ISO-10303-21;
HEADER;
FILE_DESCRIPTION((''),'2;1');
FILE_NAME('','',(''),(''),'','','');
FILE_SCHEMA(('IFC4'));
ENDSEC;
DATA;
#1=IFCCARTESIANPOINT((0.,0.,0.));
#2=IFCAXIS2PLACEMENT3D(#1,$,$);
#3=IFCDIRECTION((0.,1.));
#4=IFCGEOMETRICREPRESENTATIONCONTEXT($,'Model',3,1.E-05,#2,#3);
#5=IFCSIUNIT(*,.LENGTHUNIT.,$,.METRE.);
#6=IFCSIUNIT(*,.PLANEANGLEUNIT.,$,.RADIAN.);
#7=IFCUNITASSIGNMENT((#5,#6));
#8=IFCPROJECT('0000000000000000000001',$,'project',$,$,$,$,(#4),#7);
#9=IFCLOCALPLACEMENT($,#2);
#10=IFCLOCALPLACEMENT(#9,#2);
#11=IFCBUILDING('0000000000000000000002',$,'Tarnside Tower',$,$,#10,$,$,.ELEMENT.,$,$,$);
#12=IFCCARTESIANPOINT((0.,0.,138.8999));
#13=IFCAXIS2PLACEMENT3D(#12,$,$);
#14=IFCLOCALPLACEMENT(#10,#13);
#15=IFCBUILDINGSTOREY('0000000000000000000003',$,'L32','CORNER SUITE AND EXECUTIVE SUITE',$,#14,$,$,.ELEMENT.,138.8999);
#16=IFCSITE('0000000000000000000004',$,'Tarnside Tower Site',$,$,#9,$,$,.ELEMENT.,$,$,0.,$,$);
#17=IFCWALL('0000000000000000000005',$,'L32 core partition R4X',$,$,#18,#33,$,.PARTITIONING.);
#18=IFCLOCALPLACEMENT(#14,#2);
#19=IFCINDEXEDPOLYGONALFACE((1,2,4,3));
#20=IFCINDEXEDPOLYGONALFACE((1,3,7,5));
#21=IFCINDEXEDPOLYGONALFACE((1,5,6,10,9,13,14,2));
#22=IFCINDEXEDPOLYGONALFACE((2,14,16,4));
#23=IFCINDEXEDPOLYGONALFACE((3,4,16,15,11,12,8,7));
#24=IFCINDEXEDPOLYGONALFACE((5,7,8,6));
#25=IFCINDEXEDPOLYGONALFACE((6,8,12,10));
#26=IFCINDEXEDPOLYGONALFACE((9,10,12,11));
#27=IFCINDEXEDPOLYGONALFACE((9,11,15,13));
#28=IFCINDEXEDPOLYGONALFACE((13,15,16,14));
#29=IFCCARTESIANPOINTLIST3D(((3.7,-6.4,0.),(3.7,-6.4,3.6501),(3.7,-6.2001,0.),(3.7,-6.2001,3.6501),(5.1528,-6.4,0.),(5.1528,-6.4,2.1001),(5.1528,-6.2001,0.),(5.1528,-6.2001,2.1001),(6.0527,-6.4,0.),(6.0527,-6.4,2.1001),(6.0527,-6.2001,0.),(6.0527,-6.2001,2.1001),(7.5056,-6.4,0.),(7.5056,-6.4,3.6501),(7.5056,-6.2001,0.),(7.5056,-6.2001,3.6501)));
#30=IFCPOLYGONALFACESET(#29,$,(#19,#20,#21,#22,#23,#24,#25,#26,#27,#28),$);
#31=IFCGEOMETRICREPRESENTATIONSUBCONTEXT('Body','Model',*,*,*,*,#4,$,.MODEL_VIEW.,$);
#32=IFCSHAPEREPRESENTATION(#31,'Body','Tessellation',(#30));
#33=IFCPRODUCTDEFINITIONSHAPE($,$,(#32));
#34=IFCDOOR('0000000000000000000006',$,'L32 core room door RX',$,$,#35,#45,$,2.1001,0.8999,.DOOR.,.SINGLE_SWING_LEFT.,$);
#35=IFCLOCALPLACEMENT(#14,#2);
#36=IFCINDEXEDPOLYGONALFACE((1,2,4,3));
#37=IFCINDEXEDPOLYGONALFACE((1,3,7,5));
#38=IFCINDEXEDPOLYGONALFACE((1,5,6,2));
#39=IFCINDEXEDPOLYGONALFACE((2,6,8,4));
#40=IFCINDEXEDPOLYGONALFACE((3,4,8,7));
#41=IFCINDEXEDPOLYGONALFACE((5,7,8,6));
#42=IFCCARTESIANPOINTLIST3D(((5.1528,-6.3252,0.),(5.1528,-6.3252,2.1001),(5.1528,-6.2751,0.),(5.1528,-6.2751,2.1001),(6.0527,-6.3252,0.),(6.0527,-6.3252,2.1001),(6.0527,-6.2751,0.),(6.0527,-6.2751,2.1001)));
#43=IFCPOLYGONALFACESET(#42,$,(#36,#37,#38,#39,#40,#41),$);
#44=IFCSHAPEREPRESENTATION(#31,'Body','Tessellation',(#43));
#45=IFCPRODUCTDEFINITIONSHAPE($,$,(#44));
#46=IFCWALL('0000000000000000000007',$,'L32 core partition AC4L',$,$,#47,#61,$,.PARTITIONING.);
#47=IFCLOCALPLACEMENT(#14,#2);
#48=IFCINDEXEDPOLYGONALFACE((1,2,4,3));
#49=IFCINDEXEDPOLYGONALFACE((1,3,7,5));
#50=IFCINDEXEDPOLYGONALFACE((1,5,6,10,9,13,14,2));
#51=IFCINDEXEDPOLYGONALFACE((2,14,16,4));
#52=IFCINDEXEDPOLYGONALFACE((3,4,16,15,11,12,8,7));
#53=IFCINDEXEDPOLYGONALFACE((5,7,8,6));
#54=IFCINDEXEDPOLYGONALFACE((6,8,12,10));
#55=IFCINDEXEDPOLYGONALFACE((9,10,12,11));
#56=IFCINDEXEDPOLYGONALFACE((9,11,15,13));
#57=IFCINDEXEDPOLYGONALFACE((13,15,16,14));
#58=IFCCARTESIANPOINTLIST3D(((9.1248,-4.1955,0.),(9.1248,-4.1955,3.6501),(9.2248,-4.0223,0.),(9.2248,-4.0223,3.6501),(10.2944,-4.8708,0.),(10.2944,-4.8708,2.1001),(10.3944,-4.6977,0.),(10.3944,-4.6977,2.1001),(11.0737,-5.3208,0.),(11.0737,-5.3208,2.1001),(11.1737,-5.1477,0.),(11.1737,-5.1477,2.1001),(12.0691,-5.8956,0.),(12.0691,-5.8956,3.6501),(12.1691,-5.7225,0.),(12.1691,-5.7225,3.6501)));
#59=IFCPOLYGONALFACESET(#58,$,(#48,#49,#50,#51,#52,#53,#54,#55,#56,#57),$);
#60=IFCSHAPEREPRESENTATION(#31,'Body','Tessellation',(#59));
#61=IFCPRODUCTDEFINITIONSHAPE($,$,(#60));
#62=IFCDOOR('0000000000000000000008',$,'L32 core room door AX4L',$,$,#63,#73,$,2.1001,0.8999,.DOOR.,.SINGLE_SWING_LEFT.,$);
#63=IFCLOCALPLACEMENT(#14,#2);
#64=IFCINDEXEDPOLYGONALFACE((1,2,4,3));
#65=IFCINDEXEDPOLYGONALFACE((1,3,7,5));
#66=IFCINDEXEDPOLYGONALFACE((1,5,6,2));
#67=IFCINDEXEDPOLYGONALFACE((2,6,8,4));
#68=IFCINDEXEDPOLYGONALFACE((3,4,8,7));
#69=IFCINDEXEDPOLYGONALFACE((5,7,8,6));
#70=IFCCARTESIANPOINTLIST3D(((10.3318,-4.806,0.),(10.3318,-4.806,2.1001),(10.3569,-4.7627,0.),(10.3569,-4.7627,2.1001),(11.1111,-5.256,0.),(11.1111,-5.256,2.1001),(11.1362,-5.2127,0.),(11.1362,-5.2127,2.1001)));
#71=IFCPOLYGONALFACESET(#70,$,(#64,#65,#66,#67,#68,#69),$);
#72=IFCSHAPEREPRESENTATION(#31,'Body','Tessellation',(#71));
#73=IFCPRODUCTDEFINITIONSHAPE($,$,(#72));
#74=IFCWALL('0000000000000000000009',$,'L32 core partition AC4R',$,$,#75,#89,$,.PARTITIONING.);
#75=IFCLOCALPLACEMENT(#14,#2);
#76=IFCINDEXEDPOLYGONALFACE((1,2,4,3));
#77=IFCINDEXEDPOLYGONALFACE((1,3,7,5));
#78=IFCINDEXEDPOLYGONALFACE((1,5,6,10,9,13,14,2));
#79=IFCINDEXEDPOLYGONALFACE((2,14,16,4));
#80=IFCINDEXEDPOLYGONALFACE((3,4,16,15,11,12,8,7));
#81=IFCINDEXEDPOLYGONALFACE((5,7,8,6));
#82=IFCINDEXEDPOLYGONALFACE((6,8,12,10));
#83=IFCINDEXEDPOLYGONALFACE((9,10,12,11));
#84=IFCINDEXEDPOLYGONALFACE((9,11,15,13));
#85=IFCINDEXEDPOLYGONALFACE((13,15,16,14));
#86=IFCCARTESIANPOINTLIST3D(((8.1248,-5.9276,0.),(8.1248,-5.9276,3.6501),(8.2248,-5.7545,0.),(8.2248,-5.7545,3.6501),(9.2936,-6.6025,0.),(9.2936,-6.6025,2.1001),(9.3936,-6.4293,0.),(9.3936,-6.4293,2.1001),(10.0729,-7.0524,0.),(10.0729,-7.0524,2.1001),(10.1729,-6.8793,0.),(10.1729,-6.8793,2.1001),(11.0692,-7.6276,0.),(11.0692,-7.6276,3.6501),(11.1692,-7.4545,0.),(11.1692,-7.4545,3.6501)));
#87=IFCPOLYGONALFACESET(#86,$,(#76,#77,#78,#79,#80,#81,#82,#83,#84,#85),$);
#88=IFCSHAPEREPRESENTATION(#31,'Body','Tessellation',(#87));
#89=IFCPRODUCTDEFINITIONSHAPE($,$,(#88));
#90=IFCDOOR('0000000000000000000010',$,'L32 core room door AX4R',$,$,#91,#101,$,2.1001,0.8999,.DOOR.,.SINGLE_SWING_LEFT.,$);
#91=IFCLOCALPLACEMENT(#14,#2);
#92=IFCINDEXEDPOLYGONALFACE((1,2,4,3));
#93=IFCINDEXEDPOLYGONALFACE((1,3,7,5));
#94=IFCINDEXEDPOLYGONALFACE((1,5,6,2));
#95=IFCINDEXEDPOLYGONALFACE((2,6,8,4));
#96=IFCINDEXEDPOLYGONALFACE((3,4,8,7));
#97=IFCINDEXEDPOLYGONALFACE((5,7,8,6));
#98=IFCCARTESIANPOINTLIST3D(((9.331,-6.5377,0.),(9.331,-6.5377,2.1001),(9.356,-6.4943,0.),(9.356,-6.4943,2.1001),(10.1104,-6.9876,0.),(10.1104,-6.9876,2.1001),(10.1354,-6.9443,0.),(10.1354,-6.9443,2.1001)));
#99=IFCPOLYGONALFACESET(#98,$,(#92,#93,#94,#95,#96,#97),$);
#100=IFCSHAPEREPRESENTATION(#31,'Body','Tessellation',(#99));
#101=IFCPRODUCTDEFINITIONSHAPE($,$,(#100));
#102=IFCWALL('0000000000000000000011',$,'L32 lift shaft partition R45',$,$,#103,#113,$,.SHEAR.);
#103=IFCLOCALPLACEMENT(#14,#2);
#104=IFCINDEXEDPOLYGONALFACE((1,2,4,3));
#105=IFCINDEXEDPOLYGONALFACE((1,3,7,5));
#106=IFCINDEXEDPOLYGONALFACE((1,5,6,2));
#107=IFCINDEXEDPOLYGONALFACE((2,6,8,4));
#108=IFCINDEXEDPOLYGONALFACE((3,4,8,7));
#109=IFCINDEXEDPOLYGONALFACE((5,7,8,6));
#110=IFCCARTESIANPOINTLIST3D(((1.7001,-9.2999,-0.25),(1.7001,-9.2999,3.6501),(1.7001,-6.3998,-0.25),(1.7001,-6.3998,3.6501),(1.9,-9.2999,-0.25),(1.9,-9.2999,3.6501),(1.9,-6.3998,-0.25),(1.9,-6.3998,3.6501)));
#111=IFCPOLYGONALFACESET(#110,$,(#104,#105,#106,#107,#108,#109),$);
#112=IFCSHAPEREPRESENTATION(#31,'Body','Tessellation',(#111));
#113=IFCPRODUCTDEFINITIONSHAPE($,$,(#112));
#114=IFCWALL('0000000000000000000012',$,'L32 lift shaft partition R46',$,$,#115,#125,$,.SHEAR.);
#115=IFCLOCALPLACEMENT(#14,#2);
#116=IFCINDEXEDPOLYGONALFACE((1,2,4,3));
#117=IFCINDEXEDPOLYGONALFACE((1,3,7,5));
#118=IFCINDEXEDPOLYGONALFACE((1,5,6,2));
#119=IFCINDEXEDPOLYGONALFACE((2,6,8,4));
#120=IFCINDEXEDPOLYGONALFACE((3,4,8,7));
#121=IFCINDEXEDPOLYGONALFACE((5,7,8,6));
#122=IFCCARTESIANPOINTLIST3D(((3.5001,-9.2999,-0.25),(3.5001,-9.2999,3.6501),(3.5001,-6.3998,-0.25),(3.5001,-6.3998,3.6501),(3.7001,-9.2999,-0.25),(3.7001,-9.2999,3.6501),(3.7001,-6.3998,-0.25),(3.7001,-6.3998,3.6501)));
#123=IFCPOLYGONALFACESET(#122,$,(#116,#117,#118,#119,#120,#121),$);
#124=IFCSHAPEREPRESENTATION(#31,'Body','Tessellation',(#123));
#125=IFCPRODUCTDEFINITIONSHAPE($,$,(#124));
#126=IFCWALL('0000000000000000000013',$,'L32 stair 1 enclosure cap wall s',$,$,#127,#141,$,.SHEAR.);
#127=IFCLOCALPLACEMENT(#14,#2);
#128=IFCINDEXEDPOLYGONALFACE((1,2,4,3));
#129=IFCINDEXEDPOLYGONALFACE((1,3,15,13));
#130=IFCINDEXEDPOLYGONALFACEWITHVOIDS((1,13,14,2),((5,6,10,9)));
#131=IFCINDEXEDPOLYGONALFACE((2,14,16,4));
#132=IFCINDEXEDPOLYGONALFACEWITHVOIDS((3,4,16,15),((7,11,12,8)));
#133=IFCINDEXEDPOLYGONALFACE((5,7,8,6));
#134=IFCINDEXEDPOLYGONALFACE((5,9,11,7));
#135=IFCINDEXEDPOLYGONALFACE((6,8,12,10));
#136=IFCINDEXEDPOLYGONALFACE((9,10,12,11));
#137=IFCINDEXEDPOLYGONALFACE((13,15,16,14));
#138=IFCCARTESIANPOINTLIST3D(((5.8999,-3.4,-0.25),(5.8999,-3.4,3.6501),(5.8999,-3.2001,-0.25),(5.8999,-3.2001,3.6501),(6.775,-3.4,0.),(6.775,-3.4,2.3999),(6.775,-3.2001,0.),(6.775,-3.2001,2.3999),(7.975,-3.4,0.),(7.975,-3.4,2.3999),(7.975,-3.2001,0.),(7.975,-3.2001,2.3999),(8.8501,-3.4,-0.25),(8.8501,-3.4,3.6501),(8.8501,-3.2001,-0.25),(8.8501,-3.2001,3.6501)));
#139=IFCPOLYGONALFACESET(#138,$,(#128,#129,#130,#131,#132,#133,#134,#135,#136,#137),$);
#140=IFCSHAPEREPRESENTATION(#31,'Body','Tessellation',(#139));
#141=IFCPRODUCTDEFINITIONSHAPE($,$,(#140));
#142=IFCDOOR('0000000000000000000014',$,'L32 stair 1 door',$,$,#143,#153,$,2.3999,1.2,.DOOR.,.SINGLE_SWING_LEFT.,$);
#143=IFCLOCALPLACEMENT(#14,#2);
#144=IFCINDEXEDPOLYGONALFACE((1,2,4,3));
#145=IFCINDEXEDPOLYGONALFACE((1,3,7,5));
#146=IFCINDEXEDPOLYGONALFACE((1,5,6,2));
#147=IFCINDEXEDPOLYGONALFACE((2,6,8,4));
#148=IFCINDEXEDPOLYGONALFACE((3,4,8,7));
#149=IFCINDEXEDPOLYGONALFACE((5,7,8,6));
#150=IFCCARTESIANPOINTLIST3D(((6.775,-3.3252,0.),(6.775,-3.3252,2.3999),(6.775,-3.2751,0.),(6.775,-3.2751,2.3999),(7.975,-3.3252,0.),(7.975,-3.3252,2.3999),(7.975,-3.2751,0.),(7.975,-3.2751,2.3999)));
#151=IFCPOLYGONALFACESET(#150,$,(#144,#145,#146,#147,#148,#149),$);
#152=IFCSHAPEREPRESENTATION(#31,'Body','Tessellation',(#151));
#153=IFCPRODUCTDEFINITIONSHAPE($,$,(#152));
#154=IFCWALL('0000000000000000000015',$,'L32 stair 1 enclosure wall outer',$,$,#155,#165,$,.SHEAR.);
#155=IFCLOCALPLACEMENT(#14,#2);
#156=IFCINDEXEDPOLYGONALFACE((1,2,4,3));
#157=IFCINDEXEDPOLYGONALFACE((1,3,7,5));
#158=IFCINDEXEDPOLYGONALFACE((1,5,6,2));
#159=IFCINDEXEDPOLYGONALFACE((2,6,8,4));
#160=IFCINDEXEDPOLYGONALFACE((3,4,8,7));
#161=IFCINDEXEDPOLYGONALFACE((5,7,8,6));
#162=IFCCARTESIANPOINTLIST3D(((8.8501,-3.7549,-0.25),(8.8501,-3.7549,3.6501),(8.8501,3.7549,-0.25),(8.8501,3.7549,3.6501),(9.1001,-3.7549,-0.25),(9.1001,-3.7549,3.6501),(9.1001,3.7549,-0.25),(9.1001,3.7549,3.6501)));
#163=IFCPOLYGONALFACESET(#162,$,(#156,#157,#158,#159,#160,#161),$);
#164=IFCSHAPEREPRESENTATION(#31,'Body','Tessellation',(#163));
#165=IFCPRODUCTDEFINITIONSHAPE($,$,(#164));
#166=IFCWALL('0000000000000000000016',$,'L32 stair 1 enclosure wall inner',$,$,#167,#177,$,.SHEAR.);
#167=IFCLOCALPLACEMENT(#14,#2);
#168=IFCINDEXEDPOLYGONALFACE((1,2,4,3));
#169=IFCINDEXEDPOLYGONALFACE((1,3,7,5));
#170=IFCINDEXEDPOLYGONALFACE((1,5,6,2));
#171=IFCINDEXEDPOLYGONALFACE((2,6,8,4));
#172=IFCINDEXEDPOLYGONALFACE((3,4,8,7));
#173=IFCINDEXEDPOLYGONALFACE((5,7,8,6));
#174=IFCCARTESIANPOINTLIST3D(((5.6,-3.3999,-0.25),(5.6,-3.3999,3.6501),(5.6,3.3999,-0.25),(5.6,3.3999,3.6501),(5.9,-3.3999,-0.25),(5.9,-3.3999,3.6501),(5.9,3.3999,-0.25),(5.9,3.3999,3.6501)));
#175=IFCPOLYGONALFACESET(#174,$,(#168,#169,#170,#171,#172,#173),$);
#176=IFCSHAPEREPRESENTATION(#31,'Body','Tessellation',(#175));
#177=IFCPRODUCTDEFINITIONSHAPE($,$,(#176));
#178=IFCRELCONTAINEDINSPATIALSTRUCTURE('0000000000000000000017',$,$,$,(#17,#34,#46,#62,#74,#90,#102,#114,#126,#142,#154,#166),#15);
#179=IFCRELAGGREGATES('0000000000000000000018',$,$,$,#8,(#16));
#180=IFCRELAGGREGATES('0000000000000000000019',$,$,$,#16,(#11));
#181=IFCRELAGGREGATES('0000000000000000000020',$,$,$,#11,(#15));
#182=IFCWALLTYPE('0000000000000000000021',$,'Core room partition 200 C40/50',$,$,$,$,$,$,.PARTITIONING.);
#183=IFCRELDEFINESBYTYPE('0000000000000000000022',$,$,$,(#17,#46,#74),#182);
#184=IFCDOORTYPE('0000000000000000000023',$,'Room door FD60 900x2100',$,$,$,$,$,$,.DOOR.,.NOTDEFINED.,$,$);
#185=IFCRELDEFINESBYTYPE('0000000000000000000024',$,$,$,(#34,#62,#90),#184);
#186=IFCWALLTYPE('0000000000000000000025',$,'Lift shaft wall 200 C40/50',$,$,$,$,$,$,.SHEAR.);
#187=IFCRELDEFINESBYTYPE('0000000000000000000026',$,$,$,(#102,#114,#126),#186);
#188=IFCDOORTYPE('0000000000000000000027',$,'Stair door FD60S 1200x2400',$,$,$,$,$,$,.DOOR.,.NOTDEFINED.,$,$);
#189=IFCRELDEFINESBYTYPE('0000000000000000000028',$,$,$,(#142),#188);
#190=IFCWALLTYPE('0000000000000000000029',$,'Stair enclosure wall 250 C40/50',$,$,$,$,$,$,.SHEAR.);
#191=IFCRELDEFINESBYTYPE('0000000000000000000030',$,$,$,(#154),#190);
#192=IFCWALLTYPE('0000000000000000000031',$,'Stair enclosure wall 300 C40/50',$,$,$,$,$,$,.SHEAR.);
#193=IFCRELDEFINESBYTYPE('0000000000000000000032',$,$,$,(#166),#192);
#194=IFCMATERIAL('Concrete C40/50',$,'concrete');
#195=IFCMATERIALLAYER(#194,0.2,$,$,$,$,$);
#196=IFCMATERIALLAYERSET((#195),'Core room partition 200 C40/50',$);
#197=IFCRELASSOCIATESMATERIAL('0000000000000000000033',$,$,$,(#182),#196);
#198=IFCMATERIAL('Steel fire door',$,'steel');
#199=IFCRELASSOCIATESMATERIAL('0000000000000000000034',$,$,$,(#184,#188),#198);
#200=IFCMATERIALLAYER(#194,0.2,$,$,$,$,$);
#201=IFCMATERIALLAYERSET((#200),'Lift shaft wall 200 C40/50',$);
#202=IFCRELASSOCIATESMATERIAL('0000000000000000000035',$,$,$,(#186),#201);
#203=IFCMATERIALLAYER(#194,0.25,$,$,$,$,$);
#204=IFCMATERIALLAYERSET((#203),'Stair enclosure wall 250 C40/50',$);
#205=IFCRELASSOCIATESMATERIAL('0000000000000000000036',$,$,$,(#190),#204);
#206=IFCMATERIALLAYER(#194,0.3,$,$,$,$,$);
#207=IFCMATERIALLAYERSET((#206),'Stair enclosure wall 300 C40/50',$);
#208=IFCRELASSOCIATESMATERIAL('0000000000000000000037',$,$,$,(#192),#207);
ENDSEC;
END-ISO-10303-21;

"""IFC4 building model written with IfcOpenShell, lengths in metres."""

from ifc_helpers import new_model, si_unit, direction, frame, frame_2d, origin, place, context, subcontext, project, spatial, rectangle, extrude, material, layer, layer_set, type_object, element, fill, save


model = new_model("IFC4")

# Units and contexts
model_context = context("Model", 3, precision=1e-05, world=origin(), true_north=direction((0.0, 1.0)))
body_context = subcontext(model_context, "Body", "Model", "MODEL_VIEW")
ifc_project = project(units=[si_unit("LENGTHUNIT", "METRE"), si_unit("PLANEANGLEUNIT", "RADIAN")], contexts=[model_context])

# Site, building, storey
site_placement = place(None, origin())
site = spatial("IfcSite", under=ifc_project, at=site_placement, Name="Tarnside Tower Site", CompositionType="ELEMENT", RefElevation=0.0)
building_placement = place(site_placement, origin())
building = spatial("IfcBuilding", under=site, at=building_placement, Name="Tarnside Tower", CompositionType="ELEMENT")
storey_placement = place(building_placement, frame((0.0, 0.0, 138.8999)))
storey = spatial("IfcBuildingStorey", under=building, at=storey_placement, Name="L32", Description="CORNER SUITE AND EXECUTIVE SUITE", CompositionType="ELEMENT", Elevation=138.8999)

# Shared definitions
ifc_material_1 = material(Name="Concrete C40/50", Category="concrete")

# Walls, openings, doors
ifc_material_2 = material(Name="Steel fire door", Category="steel")
ifc_layer_1 = layer(ifc_material_1, 0.2)
ifc_layer_set_1 = layer_set([ifc_layer_1], Name="Core room partition 200 C40/50")
wall_type_1 = type_object("IfcWallType", Name="Core room partition 200 C40/50", PredefinedType="PARTITIONING", material=ifc_layer_set_1)
door_type_1 = type_object("IfcDoorType", Name="Room door FD60 900x2100", OperationType="NOTDEFINED", PredefinedType="DOOR", material=ifc_material_2)
wall_1_placement = place(storey_placement, frame((3.7, -6.3, 0.0), z_axis=(0.0, 0.0, 1.0), x_axis=(1.0, 0.0, 0.0)))
wall_1 = element("IfcWall", 1, at=wall_1_placement, inside=storey, type_object=wall_type_1, Name="L32 core partition R4X", PredefinedType="PARTITIONING", context=body_context, shape_type="SweptSolid", body=[
    extrude(rectangle(XDim=3.8057, YDim=0.2, at=frame_2d((1.9028, 0.0))), origin(), (0.0, 0.0, 1.0), 3.6501),
])
opening_1_placement = place(wall_1_placement, frame((1.4529, 0.0, 0.0)))
opening_1 = element("IfcOpeningElement", 2, at=opening_1_placement, cuts=wall_1, PredefinedType="OPENING", context=body_context, shape_type="SweptSolid", body=[
    extrude(rectangle(XDim=0.8999, YDim=2.1001, at=frame_2d((0.45, 1.05))), frame((0.0, 0.1099, 0.0), z_axis=(0.0, -1.0, 0.0), x_axis=(1.0, 0.0, 0.0)), (0.0, 0.0, 1.0), 0.22),
])
door_1_placement = place(opening_1_placement, origin())
door_1 = element("IfcDoor", 3, at=door_1_placement, inside=storey, type_object=door_type_1, Name="L32 core room door RX", OperationType="SINGLE_SWING_LEFT", OverallHeight=2.1001, OverallWidth=0.8999, PredefinedType="DOOR", context=body_context, shape_type="SweptSolid", body=[
    extrude(rectangle(XDim=0.8999, YDim=2.1001, at=frame_2d((0.45, 1.05))), frame((0.0, 0.0249, 0.0), z_axis=(0.0, -1.0, 0.0), x_axis=(1.0, 0.0, 0.0)), (0.0, 0.0, 1.0), 0.05),
])
fill(opening_1, door_1)
wall_2_placement = place(storey_placement, frame((9.1748, -4.1089, 0.0), z_axis=(0.0, 0.0, 1.0), x_axis=(0.865989, -0.500062, 0.0)))
wall_2 = element("IfcWall", 4, at=wall_2_placement, inside=storey, type_object=wall_type_1, Name="L32 core partition AC4L", PredefinedType="PARTITIONING", context=body_context, shape_type="SweptSolid", body=[
    extrude(rectangle(XDim=3.3999, YDim=0.2, at=frame_2d((1.7, 0.0))), origin(), (0.0, 0.0, 1.0), 3.6501),
])
opening_2_placement = place(wall_2_placement, frame((1.3506, 0.0, 0.0)))
opening_2 = element("IfcOpeningElement", 5, at=opening_2_placement, cuts=wall_2, PredefinedType="OPENING", context=body_context, shape_type="SweptSolid", body=[
    extrude(rectangle(XDim=0.8999, YDim=2.1001, at=frame_2d((0.45, 1.05))), frame((0.0, 0.1099, 0.0), z_axis=(0.0, -1.0, 0.0), x_axis=(1.0, 0.0, 0.0)), (0.0, 0.0, 1.0), 0.22),
])
door_2_placement = place(opening_2_placement, origin())
door_2 = element("IfcDoor", 6, at=door_2_placement, inside=storey, type_object=door_type_1, Name="L32 core room door AX4L", OperationType="SINGLE_SWING_LEFT", OverallHeight=2.1001, OverallWidth=0.8999, PredefinedType="DOOR", context=body_context, shape_type="SweptSolid", body=[
    extrude(rectangle(XDim=0.8999, YDim=2.1001, at=frame_2d((0.45, 1.05))), frame((0.0, 0.0249, 0.0), z_axis=(0.0, -1.0, 0.0), x_axis=(1.0, 0.0, 0.0)), (0.0, 0.0, 1.0), 0.05),
])
fill(opening_2, door_2)
wall_3_placement = place(storey_placement, frame((8.1748, -5.8411, 0.0), z_axis=(0.0, 0.0, 1.0), x_axis=(0.866021, -0.500008, 0.0)))
wall_3 = element("IfcWall", 7, at=wall_3_placement, inside=storey, type_object=wall_type_1, Name="L32 core partition AC4R", PredefinedType="PARTITIONING", context=body_context, shape_type="SweptSolid", body=[
    extrude(rectangle(XDim=3.3999, YDim=0.2, at=frame_2d((1.7, 0.0))), origin(), (0.0, 0.0, 1.0), 3.6501),
])
opening_3_placement = place(wall_3_placement, frame((1.3496, 0.0, 0.0)))
opening_3 = element("IfcOpeningElement", 8, at=opening_3_placement, cuts=wall_3, PredefinedType="OPENING", context=body_context, shape_type="SweptSolid", body=[
    extrude(rectangle(XDim=0.8999, YDim=2.1001, at=frame_2d((0.45, 1.05))), frame((0.0, 0.1099, 0.0), z_axis=(0.0, -1.0, 0.0), x_axis=(1.0, 0.0, 0.0)), (0.0, 0.0, 1.0), 0.22),
])
door_3_placement = place(opening_3_placement, origin())
door_3 = element("IfcDoor", 9, at=door_3_placement, inside=storey, type_object=door_type_1, Name="L32 core room door AX4R", OperationType="SINGLE_SWING_LEFT", OverallHeight=2.1001, OverallWidth=0.8999, PredefinedType="DOOR", context=body_context, shape_type="SweptSolid", body=[
    extrude(rectangle(XDim=0.8999, YDim=2.1001, at=frame_2d((0.45, 1.05))), frame((0.0, 0.0249, 0.0), z_axis=(0.0, -1.0, 0.0), x_axis=(1.0, 0.0, 0.0)), (0.0, 0.0, 1.0), 0.05),
])
fill(opening_3, door_3)

# Walls
ifc_layer_2 = layer(ifc_material_1, 0.2)
ifc_layer_set_2 = layer_set([ifc_layer_2], Name="Lift shaft wall 200 C40/50")
wall_type_2 = type_object("IfcWallType", Name="Lift shaft wall 200 C40/50", PredefinedType="SHEAR", material=ifc_layer_set_2)
for number, where, z_axis, x_axis, name in (
    (10, (1.8, -9.3, -0.25), (0.0, 0.0, 1.0), (0.0, 1.0, 0.0), "L32 lift shaft partition R45"),
    (11, (3.6001, -9.3, -0.25), (0.0, 0.0, 1.0), (0.0, 1.0, 0.0), "L32 lift shaft partition R46"),
):
    element("IfcWall", number, at=place(storey_placement, frame(where, z_axis=z_axis, x_axis=x_axis)), inside=storey, type_object=wall_type_2, Name=name, PredefinedType="SHEAR", context=body_context, shape_type="SweptSolid", body=[
        extrude(rectangle(XDim=2.9001, YDim=0.2, at=frame_2d((1.4502, 0.0))), origin(), (0.0, 0.0, 1.0), 3.9001),
    ])

# Wall, opening, door
wall_4_placement = place(storey_placement, frame((5.8999, -3.3, -0.25), z_axis=(0.0, 0.0, 1.0), x_axis=(1.0, 0.0, 0.0)))
wall_4 = element("IfcWall", 12, at=wall_4_placement, inside=storey, type_object=wall_type_2, Name="L32 stair 1 enclosure cap wall s", PredefinedType="SHEAR", context=body_context, shape_type="SweptSolid", body=[
    extrude(rectangle(XDim=2.9502, YDim=0.2, at=frame_2d((1.4751, 0.0))), origin(), (0.0, 0.0, 1.0), 3.9001),
])
opening_4_placement = place(wall_4_placement, frame((0.875, 0.0, 0.25)))
opening_4 = element("IfcOpeningElement", 13, at=opening_4_placement, cuts=wall_4, PredefinedType="OPENING", context=body_context, shape_type="SweptSolid", body=[
    extrude(rectangle(XDim=1.2, YDim=2.3999, at=frame_2d((0.6001, 1.2))), frame((0.0, 0.1099, 0.0), z_axis=(0.0, -1.0, 0.0), x_axis=(1.0, 0.0, 0.0)), (0.0, 0.0, 1.0), 0.22),
])
door_type_2 = type_object("IfcDoorType", Name="Stair door FD60S 1200x2400", OperationType="NOTDEFINED", PredefinedType="DOOR", material=ifc_material_2)
door_4_placement = place(opening_4_placement, origin())
door_4 = element("IfcDoor", 14, at=door_4_placement, inside=storey, type_object=door_type_2, Name="L32 stair 1 door", OperationType="SINGLE_SWING_LEFT", OverallHeight=2.3999, OverallWidth=1.2, PredefinedType="DOOR", context=body_context, shape_type="SweptSolid", body=[
    extrude(rectangle(XDim=1.2, YDim=2.3999, at=frame_2d((0.6001, 1.2))), frame((0.0, 0.0249, 0.0), z_axis=(0.0, -1.0, 0.0), x_axis=(1.0, 0.0, 0.0)), (0.0, 0.0, 1.0), 0.05),
])
fill(opening_4, door_4)

# Walls
ifc_layer_3 = layer(ifc_material_1, 0.25)
ifc_layer_set_3 = layer_set([ifc_layer_3], Name="Stair enclosure wall 250 C40/50")
wall_type_3 = type_object("IfcWallType", Name="Stair enclosure wall 250 C40/50", PredefinedType="SHEAR", material=ifc_layer_set_3)
wall_5_placement = place(storey_placement, frame((8.9751, -3.7549, -0.25), z_axis=(0.0, 0.0, 1.0), x_axis=(0.0, 1.0, 0.0)))
element("IfcWall", 15, at=wall_5_placement, inside=storey, type_object=wall_type_3, Name="L32 stair 1 enclosure wall outer", PredefinedType="SHEAR", context=body_context, shape_type="SweptSolid", body=[
    extrude(rectangle(XDim=7.5098, YDim=0.25, at=frame_2d((3.7549, 0.0))), origin(), (0.0, 0.0, 1.0), 3.9001),
])
ifc_layer_4 = layer(ifc_material_1, 0.3)
ifc_layer_set_4 = layer_set([ifc_layer_4], Name="Stair enclosure wall 300 C40/50")
wall_type_4 = type_object("IfcWallType", Name="Stair enclosure wall 300 C40/50", PredefinedType="SHEAR", material=ifc_layer_set_4)
wall_6_placement = place(storey_placement, frame((5.75, -3.3999, -0.25), z_axis=(0.0, 0.0, 1.0), x_axis=(0.0, 1.0, 0.0)))
element("IfcWall", 16, at=wall_6_placement, inside=storey, type_object=wall_type_4, Name="L32 stair 1 enclosure wall inner", PredefinedType="SHEAR", context=body_context, shape_type="SweptSolid", body=[
    extrude(rectangle(XDim=6.7998, YDim=0.3, at=frame_2d((3.3999, 0.0))), origin(), (0.0, 0.0, 1.0), 3.9001),
])

save(model, "model.ifc")
